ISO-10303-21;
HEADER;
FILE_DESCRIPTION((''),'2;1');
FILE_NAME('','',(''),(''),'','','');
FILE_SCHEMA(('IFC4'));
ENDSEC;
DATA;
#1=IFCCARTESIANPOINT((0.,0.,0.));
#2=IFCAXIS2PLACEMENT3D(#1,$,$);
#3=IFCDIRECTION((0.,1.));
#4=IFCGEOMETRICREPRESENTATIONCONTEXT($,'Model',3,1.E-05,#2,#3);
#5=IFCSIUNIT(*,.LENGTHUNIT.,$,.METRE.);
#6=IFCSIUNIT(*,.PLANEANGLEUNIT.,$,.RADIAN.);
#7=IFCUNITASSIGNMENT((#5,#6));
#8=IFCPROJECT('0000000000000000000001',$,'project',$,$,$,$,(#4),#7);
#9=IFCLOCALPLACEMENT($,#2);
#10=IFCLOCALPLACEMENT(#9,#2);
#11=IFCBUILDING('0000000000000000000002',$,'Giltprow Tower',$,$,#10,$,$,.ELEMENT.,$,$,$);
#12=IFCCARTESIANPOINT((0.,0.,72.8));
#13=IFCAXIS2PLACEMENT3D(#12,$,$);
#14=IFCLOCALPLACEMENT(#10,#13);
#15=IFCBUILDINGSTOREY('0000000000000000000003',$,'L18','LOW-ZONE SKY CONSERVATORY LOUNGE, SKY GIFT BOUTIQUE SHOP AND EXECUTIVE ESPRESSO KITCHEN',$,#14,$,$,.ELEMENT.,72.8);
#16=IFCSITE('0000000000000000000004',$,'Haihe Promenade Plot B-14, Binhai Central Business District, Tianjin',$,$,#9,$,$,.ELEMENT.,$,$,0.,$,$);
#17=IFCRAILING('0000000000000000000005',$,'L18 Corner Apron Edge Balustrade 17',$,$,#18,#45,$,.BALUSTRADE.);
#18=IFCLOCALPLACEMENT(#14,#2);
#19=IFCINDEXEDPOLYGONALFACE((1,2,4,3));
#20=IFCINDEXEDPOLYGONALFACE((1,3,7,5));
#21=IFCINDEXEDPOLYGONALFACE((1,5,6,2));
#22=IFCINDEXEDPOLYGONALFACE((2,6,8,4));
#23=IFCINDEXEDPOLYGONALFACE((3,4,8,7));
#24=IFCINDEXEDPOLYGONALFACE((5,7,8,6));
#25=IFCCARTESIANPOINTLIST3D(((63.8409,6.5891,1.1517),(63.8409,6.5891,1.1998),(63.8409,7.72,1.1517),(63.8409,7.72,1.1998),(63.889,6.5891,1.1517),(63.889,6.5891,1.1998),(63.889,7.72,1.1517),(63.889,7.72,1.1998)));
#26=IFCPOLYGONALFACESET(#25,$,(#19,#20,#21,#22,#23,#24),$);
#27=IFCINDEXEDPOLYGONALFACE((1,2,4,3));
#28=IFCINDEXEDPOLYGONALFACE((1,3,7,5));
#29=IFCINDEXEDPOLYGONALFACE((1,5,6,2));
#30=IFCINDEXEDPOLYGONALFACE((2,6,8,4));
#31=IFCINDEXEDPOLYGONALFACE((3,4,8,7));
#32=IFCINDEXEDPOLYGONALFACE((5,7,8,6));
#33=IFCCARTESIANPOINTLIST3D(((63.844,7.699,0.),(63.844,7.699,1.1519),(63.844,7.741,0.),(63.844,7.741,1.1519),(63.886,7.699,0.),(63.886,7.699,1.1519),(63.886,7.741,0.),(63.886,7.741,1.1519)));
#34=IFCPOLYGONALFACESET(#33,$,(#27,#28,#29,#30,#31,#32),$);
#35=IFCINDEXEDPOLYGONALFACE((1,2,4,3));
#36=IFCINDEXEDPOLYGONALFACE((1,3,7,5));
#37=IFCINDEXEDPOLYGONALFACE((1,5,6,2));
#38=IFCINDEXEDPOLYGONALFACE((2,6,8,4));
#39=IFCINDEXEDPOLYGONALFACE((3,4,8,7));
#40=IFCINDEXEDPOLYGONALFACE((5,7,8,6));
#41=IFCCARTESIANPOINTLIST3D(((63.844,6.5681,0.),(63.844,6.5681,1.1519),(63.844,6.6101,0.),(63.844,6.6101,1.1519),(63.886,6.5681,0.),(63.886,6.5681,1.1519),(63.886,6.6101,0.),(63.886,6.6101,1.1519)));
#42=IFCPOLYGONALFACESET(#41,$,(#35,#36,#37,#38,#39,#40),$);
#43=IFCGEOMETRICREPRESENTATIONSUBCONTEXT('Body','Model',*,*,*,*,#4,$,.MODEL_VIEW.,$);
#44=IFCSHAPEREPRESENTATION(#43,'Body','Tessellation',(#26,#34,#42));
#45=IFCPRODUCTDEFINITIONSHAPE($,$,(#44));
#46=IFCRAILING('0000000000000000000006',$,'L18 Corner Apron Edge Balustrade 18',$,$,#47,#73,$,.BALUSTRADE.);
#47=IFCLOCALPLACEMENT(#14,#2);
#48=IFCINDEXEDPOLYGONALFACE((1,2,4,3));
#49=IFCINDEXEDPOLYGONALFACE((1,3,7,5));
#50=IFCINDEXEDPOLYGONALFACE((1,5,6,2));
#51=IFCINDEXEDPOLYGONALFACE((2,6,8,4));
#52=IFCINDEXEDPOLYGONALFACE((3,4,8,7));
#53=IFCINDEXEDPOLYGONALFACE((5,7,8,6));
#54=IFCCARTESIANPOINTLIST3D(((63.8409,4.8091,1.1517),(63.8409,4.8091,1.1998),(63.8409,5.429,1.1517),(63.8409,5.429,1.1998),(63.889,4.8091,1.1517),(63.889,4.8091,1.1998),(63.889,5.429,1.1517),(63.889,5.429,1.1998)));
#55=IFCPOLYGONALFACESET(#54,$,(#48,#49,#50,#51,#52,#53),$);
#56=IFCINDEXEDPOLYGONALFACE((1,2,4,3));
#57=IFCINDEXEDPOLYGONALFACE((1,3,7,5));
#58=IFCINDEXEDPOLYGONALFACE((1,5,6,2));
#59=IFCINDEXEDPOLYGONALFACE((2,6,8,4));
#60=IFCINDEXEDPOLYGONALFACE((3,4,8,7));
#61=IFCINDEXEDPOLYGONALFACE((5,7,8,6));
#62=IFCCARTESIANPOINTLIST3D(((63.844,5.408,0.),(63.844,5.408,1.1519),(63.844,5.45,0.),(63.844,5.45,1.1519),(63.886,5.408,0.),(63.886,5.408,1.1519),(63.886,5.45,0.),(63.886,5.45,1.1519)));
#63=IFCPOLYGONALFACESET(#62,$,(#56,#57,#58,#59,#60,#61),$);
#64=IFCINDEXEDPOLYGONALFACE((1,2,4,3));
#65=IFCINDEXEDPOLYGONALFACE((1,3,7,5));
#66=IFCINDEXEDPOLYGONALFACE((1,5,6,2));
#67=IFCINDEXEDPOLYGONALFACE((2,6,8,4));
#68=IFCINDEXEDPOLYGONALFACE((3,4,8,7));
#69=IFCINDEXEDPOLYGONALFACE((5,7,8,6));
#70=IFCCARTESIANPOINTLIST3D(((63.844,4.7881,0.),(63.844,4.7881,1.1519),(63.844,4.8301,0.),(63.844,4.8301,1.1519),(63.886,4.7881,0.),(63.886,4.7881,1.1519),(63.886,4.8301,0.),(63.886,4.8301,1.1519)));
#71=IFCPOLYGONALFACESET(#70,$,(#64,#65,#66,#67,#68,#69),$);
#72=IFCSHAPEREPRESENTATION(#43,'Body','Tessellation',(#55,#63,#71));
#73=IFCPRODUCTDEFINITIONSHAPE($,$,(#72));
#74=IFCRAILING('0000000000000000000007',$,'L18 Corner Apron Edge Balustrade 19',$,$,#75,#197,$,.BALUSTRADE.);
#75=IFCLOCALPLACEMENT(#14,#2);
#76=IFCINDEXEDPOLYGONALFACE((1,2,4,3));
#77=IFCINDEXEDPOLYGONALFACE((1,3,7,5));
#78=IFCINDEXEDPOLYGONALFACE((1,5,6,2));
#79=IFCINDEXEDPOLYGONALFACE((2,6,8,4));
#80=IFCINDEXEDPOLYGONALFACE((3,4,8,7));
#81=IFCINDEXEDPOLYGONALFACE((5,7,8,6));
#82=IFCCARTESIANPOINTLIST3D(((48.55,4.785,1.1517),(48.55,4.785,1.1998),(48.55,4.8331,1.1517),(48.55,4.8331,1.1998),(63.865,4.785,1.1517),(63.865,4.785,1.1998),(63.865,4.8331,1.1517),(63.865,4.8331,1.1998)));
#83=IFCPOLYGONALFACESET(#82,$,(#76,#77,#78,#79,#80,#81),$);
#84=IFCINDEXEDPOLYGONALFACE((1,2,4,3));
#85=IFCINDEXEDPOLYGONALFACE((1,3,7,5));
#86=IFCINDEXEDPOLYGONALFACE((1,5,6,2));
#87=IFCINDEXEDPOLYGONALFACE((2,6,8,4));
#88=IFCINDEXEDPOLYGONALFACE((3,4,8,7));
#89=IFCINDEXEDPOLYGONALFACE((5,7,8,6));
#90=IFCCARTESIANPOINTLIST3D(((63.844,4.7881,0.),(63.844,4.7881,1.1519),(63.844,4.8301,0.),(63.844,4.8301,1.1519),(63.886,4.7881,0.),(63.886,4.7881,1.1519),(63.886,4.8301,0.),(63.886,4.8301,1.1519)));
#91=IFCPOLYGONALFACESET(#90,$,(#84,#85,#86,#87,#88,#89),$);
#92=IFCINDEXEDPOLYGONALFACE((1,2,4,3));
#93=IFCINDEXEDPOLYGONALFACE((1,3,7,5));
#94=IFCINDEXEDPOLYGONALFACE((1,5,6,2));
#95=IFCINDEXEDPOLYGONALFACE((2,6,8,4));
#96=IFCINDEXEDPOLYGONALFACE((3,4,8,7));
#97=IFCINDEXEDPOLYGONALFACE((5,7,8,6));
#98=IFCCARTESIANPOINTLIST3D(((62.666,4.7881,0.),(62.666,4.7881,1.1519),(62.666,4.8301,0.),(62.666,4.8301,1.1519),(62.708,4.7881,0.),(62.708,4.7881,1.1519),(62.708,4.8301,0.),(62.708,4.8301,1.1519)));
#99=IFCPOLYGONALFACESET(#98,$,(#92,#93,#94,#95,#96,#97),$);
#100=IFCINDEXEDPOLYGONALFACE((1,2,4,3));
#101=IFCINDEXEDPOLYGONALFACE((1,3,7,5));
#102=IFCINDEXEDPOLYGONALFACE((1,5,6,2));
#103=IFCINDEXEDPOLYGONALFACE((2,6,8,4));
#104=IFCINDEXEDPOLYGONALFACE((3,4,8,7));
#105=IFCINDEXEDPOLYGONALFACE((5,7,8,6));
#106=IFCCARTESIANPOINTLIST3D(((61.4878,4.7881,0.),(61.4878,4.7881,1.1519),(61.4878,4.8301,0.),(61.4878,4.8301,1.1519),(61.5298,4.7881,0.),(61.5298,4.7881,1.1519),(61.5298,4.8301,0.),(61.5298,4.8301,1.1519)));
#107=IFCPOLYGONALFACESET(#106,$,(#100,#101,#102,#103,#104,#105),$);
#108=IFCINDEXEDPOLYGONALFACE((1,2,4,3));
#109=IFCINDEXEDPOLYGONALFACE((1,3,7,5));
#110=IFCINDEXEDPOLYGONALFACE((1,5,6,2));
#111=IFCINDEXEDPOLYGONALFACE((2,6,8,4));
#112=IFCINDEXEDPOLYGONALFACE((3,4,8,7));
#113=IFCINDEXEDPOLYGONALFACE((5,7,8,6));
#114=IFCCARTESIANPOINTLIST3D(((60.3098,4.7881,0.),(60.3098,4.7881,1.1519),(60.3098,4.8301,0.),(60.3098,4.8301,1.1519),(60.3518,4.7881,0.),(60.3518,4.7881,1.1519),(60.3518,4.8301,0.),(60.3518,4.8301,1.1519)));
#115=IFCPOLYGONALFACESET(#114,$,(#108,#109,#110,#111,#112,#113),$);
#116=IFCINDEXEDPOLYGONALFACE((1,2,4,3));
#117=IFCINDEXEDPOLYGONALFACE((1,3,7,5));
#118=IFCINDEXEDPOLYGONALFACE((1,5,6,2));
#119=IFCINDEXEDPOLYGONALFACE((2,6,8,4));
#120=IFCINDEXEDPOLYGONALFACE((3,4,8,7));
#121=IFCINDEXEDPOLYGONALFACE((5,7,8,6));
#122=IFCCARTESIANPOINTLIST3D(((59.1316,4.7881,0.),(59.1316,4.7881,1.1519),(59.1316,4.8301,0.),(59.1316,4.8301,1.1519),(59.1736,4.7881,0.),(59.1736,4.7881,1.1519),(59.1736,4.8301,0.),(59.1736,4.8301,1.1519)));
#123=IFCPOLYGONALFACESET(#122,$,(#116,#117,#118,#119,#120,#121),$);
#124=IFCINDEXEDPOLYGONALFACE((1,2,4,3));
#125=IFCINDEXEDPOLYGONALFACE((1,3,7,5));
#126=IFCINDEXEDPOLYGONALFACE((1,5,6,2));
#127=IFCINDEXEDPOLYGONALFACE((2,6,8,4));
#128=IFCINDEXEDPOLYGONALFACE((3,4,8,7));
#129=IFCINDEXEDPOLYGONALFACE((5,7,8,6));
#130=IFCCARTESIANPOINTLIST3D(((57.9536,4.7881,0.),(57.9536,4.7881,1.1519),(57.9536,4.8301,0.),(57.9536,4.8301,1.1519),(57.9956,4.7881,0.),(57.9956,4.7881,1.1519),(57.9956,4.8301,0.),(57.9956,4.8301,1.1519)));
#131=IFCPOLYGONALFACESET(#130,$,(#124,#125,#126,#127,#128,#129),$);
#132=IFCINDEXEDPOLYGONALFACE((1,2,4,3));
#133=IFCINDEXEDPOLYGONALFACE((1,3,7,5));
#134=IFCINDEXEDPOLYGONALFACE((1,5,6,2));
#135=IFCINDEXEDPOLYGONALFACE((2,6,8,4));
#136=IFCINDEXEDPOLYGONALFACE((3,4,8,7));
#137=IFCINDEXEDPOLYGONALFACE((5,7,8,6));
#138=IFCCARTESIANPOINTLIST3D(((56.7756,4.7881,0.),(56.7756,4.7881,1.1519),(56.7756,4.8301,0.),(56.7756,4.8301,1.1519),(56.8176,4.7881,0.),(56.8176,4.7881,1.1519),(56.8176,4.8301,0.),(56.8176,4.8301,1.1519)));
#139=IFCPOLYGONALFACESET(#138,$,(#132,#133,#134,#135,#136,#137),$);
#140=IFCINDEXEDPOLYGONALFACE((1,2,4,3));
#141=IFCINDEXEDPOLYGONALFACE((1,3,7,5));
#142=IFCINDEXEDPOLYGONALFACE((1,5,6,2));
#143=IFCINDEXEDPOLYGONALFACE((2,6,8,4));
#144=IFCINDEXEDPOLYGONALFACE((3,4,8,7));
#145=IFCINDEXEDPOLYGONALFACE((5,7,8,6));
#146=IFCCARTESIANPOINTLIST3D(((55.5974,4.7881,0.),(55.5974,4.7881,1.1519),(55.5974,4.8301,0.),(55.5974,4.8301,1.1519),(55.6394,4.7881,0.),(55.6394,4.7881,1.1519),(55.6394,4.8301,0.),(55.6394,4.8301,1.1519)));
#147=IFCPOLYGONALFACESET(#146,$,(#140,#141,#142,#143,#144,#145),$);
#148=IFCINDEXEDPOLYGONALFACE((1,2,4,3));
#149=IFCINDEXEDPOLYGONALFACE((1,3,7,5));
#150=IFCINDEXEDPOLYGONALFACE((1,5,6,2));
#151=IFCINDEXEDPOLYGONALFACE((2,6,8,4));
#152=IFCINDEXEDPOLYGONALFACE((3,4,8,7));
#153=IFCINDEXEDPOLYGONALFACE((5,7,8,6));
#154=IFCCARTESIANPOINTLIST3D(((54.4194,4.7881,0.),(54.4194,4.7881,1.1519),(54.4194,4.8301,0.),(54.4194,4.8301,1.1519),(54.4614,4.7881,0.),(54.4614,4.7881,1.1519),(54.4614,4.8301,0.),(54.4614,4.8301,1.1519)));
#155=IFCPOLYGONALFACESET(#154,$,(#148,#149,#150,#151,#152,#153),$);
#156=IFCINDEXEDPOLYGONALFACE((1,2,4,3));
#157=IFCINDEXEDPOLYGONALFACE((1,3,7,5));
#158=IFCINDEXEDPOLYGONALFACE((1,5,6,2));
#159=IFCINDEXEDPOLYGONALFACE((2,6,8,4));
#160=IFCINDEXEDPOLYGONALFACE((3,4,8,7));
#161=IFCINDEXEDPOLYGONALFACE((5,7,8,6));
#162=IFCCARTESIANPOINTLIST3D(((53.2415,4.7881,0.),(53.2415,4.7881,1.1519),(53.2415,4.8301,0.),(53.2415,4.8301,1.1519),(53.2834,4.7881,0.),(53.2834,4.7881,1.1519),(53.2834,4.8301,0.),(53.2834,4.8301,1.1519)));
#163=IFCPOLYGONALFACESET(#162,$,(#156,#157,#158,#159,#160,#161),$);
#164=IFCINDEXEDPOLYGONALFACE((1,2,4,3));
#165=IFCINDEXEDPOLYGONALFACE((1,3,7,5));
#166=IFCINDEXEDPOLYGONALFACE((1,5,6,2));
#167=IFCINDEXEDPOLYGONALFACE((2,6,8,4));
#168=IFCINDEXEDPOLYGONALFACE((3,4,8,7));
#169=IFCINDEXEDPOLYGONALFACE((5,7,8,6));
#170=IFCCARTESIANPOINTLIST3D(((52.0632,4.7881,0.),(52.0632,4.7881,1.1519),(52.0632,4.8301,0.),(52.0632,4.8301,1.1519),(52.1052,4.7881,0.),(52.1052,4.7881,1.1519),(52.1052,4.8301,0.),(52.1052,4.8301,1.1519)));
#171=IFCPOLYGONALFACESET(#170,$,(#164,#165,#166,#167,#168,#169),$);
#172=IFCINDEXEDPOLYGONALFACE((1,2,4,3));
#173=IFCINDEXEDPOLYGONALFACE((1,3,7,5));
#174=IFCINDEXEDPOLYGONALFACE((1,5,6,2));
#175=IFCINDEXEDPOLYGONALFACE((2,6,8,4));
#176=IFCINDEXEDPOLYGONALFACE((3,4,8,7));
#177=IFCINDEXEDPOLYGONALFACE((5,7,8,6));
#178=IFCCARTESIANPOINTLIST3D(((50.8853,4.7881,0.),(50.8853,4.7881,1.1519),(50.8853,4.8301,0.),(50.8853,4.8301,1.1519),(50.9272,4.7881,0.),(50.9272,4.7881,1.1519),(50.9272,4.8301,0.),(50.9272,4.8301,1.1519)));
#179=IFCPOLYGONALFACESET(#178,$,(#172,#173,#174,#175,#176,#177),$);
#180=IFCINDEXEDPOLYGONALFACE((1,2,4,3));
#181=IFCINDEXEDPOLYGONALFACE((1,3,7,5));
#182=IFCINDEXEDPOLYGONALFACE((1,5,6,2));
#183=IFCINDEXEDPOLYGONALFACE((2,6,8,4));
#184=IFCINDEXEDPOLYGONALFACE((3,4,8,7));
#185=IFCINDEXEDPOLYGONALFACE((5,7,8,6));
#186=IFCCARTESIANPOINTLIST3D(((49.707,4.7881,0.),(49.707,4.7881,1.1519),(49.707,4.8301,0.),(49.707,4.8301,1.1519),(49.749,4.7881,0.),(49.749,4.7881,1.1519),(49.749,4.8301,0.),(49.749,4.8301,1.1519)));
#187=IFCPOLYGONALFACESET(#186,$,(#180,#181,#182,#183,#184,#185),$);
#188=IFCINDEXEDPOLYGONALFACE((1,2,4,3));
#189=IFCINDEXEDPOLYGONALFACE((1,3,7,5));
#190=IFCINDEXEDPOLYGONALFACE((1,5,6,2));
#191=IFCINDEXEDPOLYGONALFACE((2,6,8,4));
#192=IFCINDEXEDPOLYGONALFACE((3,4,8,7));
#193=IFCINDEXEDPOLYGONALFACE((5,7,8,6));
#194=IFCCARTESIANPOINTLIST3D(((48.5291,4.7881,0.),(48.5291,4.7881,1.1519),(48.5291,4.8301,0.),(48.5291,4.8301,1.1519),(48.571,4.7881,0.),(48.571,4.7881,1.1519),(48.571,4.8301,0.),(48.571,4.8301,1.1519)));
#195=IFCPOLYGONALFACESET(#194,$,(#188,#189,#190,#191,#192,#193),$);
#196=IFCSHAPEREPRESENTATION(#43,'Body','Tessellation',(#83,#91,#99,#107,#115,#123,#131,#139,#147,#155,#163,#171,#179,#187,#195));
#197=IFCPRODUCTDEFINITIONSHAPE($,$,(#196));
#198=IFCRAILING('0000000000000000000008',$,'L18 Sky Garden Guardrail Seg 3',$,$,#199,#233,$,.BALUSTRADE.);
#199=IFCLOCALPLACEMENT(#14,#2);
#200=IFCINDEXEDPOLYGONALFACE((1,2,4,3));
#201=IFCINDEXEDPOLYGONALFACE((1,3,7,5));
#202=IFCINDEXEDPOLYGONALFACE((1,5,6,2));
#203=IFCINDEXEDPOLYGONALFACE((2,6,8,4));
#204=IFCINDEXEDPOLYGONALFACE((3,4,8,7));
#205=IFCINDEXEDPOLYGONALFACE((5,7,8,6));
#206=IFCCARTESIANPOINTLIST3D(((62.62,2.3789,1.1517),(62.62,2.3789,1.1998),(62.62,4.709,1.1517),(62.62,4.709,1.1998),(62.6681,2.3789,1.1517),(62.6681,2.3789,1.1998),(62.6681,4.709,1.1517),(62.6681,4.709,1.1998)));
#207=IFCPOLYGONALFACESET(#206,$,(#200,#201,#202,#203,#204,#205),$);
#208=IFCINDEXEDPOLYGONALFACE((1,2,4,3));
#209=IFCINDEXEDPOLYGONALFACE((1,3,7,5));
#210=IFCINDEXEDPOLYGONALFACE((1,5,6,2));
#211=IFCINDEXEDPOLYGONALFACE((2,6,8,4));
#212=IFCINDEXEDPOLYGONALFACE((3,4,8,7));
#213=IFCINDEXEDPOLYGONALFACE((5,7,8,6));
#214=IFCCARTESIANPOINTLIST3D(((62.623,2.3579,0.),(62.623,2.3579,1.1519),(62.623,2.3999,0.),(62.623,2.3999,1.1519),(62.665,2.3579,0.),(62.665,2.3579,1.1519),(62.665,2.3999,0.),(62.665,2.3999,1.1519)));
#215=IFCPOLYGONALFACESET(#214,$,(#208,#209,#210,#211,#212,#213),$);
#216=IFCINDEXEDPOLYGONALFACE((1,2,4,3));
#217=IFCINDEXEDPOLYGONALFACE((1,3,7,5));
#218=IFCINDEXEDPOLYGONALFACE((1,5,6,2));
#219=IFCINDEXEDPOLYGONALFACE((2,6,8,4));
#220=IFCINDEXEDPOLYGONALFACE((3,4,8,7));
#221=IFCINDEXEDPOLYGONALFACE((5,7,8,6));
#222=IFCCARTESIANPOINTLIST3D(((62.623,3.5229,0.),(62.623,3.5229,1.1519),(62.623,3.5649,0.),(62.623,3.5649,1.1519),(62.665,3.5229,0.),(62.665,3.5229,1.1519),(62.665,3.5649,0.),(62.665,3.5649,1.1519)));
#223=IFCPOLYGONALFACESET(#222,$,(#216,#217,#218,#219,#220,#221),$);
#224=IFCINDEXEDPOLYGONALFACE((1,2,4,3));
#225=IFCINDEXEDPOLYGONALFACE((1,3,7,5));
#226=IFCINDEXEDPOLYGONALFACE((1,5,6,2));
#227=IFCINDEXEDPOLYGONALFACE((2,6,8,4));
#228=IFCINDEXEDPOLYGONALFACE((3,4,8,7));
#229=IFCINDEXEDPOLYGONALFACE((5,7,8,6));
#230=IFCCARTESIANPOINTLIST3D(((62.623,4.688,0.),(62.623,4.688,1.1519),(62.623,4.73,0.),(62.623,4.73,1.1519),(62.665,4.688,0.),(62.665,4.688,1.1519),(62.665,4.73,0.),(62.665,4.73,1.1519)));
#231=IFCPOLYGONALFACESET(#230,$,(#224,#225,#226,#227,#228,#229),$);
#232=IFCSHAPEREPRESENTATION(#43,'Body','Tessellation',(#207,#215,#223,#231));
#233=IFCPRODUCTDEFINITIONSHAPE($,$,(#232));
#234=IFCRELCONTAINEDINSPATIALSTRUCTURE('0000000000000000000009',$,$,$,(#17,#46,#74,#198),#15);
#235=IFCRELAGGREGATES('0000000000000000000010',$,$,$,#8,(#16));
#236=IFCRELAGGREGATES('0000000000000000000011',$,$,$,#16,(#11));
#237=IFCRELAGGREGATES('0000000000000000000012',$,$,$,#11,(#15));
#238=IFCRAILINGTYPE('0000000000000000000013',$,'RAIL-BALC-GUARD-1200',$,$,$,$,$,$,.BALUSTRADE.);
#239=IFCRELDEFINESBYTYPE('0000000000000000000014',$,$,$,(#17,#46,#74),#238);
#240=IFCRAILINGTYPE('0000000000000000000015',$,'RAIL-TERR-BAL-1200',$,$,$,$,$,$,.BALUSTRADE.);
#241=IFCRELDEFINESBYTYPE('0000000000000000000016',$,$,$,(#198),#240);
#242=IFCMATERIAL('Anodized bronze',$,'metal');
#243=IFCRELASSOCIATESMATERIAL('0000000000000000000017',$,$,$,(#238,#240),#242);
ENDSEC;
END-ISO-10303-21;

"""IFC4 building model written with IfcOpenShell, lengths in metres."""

from ifc_helpers import new_model, si_unit, direction, frame, origin, origin_2d, place, context, subcontext, project, spatial, rectangle, extrude, material, type_object, element, save


model = new_model("IFC4")

# Units and contexts
model_context = context("Model", 3, precision=1e-05, world=origin(), true_north=direction((0.0, 1.0)))
body_context = subcontext(model_context, "Body", "Model", "MODEL_VIEW")
ifc_project = project(units=[si_unit("LENGTHUNIT", "METRE"), si_unit("PLANEANGLEUNIT", "RADIAN")], contexts=[model_context])

# Site, building, storey
site_placement = place(None, origin())
site = spatial("IfcSite", under=ifc_project, at=site_placement, Name="Haihe Promenade Plot B-14, Binhai Central Business District, Tianjin", CompositionType="ELEMENT", RefElevation=0.0)
building_placement = place(site_placement, origin())
building = spatial("IfcBuilding", under=site, at=building_placement, Name="Giltprow Tower", CompositionType="ELEMENT")
storey_placement = place(building_placement, frame((0.0, 0.0, 72.8)))
storey = spatial("IfcBuildingStorey", under=building, at=storey_placement, Name="L18", Description="LOW-ZONE SKY CONSERVATORY LOUNGE, SKY GIFT BOUTIQUE SHOP AND EXECUTIVE ESPRESSO KITCHEN", CompositionType="ELEMENT", Elevation=72.8)

# Shared definitions
ifc_material_1 = material(Name="Anodized bronze", Category="metal")

# Railings
railing_type_1 = type_object("IfcRailingType", Name="RAIL-BALC-GUARD-1200", PredefinedType="BALUSTRADE", material=ifc_material_1)
railing_1_placement = place(storey_placement, frame((63.865, 7.72, 0.0)))
element("IfcRailing", 1, at=railing_1_placement, inside=storey, type_object=railing_type_1, Name="L18 Corner Apron Edge Balustrade 17", PredefinedType="BALUSTRADE", context=body_context, shape_type="SweptSolid", body=[
    extrude(rectangle(XDim=0.0481, YDim=0.0481, at=origin_2d()), frame((0.0, 0.0, 1.1758), z_axis=(0.0, -1.0, 0.0), x_axis=(1.0, 0.0, 0.0)), (0.0, 0.0, 1.0), 1.1309),
    extrude(rectangle(XDim=0.042, YDim=0.042, at=origin_2d()), origin(), (0.0, 0.0, 1.0), 1.1519),
    extrude(rectangle(XDim=0.042, YDim=0.042, at=origin_2d()), frame((0.0, -1.1309, 0.0)), (0.0, 0.0, 1.0), 1.1519),
])
railing_2_placement = place(storey_placement, frame((63.865, 5.429, 0.0)))
element("IfcRailing", 2, at=railing_2_placement, inside=storey, type_object=railing_type_1, Name="L18 Corner Apron Edge Balustrade 18", PredefinedType="BALUSTRADE", context=body_context, shape_type="SweptSolid", body=[
    extrude(rectangle(XDim=0.0481, YDim=0.0481, at=origin_2d()), frame((0.0, 0.0, 1.1758), z_axis=(0.0, -1.0, 0.0), x_axis=(1.0, 0.0, 0.0)), (0.0, 0.0, 1.0), 0.6199),
    extrude(rectangle(XDim=0.042, YDim=0.042, at=origin_2d()), origin(), (0.0, 0.0, 1.0), 1.1519),
    extrude(rectangle(XDim=0.042, YDim=0.042, at=origin_2d()), frame((0.0, -0.6199, 0.0)), (0.0, 0.0, 1.0), 1.1519),
])
railing_3_placement = place(storey_placement, frame((63.865, 4.8091, 0.0)))
element("IfcRailing", 3, at=railing_3_placement, inside=storey, type_object=railing_type_1, Name="L18 Corner Apron Edge Balustrade 19", PredefinedType="BALUSTRADE", context=body_context, shape_type="SweptSolid", body=[
    extrude(rectangle(XDim=0.0481, YDim=0.0481, at=origin_2d()), frame((0.0, 0.0, 1.1758), z_axis=(-1.0, 0.0, 0.0), x_axis=(0.0, -1.0, 0.0)), (0.0, 0.0, 1.0), 15.3149),
    extrude(rectangle(XDim=0.042, YDim=0.042, at=origin_2d()), origin(), (0.0, 0.0, 1.0), 1.1519),
    extrude(rectangle(XDim=0.042, YDim=0.042, at=origin_2d()), frame((-1.178, 0.0, 0.0)), (0.0, 0.0, 1.0), 1.1519),
    extrude(rectangle(XDim=0.042, YDim=0.042, at=origin_2d()), frame((-2.3562, 0.0, 0.0)), (0.0, 0.0, 1.0), 1.1519),
    extrude(rectangle(XDim=0.042, YDim=0.042, at=origin_2d()), frame((-3.5342, 0.0, 0.0)), (0.0, 0.0, 1.0), 1.1519),
    extrude(rectangle(XDim=0.042, YDim=0.042, at=origin_2d()), frame((-4.7124, 0.0, 0.0)), (0.0, 0.0, 1.0), 1.1519),
    extrude(rectangle(XDim=0.042, YDim=0.042, at=origin_2d()), frame((-5.8904, 0.0, 0.0)), (0.0, 0.0, 1.0), 1.1519),
    extrude(rectangle(XDim=0.042, YDim=0.042, at=origin_2d()), frame((-7.0684, 0.0, 0.0)), (0.0, 0.0, 1.0), 1.1519),
    extrude(rectangle(XDim=0.042, YDim=0.042, at=origin_2d()), frame((-8.2466, 0.0, 0.0)), (0.0, 0.0, 1.0), 1.1519),
    extrude(rectangle(XDim=0.042, YDim=0.042, at=origin_2d()), frame((-9.4246, 0.0, 0.0)), (0.0, 0.0, 1.0), 1.1519),
    extrude(rectangle(XDim=0.042, YDim=0.042, at=origin_2d()), frame((-10.6025, 0.0, 0.0)), (0.0, 0.0, 1.0), 1.1519),
    extrude(rectangle(XDim=0.042, YDim=0.042, at=origin_2d()), frame((-11.7808, 0.0, 0.0)), (0.0, 0.0, 1.0), 1.1519),
    extrude(rectangle(XDim=0.042, YDim=0.042, at=origin_2d()), frame((-12.9587, 0.0, 0.0)), (0.0, 0.0, 1.0), 1.1519),
    extrude(rectangle(XDim=0.042, YDim=0.042, at=origin_2d()), frame((-14.137, 0.0, 0.0)), (0.0, 0.0, 1.0), 1.1519),
    extrude(rectangle(XDim=0.042, YDim=0.042, at=origin_2d()), frame((-15.3149, 0.0, 0.0)), (0.0, 0.0, 1.0), 1.1519),
])
railing_type_2 = type_object("IfcRailingType", Name="RAIL-TERR-BAL-1200", PredefinedType="BALUSTRADE", material=ifc_material_1)
railing_4_placement = place(storey_placement, frame((62.644, 2.3789, 0.0)))
element("IfcRailing", 4, at=railing_4_placement, inside=storey, type_object=railing_type_2, Name="L18 Sky Garden Guardrail Seg 3", PredefinedType="BALUSTRADE", context=body_context, shape_type="SweptSolid", body=[
    extrude(rectangle(XDim=0.0481, YDim=0.0481, at=origin_2d()), frame((0.0, 0.0, 1.1758), z_axis=(0.0, 1.0, 0.0), x_axis=(-1.0, 0.0, 0.0)), (0.0, 0.0, 1.0), 2.3301),
    extrude(rectangle(XDim=0.042, YDim=0.042, at=origin_2d()), origin(), (0.0, 0.0, 1.0), 1.1519),
    extrude(rectangle(XDim=0.042, YDim=0.042, at=origin_2d()), frame((0.0, 1.165, 0.0)), (0.0, 0.0, 1.0), 1.1519),
    extrude(rectangle(XDim=0.042, YDim=0.042, at=origin_2d()), frame((0.0, 2.3301, 0.0)), (0.0, 0.0, 1.0), 1.1519),
])

save(model, "model.ifc")
